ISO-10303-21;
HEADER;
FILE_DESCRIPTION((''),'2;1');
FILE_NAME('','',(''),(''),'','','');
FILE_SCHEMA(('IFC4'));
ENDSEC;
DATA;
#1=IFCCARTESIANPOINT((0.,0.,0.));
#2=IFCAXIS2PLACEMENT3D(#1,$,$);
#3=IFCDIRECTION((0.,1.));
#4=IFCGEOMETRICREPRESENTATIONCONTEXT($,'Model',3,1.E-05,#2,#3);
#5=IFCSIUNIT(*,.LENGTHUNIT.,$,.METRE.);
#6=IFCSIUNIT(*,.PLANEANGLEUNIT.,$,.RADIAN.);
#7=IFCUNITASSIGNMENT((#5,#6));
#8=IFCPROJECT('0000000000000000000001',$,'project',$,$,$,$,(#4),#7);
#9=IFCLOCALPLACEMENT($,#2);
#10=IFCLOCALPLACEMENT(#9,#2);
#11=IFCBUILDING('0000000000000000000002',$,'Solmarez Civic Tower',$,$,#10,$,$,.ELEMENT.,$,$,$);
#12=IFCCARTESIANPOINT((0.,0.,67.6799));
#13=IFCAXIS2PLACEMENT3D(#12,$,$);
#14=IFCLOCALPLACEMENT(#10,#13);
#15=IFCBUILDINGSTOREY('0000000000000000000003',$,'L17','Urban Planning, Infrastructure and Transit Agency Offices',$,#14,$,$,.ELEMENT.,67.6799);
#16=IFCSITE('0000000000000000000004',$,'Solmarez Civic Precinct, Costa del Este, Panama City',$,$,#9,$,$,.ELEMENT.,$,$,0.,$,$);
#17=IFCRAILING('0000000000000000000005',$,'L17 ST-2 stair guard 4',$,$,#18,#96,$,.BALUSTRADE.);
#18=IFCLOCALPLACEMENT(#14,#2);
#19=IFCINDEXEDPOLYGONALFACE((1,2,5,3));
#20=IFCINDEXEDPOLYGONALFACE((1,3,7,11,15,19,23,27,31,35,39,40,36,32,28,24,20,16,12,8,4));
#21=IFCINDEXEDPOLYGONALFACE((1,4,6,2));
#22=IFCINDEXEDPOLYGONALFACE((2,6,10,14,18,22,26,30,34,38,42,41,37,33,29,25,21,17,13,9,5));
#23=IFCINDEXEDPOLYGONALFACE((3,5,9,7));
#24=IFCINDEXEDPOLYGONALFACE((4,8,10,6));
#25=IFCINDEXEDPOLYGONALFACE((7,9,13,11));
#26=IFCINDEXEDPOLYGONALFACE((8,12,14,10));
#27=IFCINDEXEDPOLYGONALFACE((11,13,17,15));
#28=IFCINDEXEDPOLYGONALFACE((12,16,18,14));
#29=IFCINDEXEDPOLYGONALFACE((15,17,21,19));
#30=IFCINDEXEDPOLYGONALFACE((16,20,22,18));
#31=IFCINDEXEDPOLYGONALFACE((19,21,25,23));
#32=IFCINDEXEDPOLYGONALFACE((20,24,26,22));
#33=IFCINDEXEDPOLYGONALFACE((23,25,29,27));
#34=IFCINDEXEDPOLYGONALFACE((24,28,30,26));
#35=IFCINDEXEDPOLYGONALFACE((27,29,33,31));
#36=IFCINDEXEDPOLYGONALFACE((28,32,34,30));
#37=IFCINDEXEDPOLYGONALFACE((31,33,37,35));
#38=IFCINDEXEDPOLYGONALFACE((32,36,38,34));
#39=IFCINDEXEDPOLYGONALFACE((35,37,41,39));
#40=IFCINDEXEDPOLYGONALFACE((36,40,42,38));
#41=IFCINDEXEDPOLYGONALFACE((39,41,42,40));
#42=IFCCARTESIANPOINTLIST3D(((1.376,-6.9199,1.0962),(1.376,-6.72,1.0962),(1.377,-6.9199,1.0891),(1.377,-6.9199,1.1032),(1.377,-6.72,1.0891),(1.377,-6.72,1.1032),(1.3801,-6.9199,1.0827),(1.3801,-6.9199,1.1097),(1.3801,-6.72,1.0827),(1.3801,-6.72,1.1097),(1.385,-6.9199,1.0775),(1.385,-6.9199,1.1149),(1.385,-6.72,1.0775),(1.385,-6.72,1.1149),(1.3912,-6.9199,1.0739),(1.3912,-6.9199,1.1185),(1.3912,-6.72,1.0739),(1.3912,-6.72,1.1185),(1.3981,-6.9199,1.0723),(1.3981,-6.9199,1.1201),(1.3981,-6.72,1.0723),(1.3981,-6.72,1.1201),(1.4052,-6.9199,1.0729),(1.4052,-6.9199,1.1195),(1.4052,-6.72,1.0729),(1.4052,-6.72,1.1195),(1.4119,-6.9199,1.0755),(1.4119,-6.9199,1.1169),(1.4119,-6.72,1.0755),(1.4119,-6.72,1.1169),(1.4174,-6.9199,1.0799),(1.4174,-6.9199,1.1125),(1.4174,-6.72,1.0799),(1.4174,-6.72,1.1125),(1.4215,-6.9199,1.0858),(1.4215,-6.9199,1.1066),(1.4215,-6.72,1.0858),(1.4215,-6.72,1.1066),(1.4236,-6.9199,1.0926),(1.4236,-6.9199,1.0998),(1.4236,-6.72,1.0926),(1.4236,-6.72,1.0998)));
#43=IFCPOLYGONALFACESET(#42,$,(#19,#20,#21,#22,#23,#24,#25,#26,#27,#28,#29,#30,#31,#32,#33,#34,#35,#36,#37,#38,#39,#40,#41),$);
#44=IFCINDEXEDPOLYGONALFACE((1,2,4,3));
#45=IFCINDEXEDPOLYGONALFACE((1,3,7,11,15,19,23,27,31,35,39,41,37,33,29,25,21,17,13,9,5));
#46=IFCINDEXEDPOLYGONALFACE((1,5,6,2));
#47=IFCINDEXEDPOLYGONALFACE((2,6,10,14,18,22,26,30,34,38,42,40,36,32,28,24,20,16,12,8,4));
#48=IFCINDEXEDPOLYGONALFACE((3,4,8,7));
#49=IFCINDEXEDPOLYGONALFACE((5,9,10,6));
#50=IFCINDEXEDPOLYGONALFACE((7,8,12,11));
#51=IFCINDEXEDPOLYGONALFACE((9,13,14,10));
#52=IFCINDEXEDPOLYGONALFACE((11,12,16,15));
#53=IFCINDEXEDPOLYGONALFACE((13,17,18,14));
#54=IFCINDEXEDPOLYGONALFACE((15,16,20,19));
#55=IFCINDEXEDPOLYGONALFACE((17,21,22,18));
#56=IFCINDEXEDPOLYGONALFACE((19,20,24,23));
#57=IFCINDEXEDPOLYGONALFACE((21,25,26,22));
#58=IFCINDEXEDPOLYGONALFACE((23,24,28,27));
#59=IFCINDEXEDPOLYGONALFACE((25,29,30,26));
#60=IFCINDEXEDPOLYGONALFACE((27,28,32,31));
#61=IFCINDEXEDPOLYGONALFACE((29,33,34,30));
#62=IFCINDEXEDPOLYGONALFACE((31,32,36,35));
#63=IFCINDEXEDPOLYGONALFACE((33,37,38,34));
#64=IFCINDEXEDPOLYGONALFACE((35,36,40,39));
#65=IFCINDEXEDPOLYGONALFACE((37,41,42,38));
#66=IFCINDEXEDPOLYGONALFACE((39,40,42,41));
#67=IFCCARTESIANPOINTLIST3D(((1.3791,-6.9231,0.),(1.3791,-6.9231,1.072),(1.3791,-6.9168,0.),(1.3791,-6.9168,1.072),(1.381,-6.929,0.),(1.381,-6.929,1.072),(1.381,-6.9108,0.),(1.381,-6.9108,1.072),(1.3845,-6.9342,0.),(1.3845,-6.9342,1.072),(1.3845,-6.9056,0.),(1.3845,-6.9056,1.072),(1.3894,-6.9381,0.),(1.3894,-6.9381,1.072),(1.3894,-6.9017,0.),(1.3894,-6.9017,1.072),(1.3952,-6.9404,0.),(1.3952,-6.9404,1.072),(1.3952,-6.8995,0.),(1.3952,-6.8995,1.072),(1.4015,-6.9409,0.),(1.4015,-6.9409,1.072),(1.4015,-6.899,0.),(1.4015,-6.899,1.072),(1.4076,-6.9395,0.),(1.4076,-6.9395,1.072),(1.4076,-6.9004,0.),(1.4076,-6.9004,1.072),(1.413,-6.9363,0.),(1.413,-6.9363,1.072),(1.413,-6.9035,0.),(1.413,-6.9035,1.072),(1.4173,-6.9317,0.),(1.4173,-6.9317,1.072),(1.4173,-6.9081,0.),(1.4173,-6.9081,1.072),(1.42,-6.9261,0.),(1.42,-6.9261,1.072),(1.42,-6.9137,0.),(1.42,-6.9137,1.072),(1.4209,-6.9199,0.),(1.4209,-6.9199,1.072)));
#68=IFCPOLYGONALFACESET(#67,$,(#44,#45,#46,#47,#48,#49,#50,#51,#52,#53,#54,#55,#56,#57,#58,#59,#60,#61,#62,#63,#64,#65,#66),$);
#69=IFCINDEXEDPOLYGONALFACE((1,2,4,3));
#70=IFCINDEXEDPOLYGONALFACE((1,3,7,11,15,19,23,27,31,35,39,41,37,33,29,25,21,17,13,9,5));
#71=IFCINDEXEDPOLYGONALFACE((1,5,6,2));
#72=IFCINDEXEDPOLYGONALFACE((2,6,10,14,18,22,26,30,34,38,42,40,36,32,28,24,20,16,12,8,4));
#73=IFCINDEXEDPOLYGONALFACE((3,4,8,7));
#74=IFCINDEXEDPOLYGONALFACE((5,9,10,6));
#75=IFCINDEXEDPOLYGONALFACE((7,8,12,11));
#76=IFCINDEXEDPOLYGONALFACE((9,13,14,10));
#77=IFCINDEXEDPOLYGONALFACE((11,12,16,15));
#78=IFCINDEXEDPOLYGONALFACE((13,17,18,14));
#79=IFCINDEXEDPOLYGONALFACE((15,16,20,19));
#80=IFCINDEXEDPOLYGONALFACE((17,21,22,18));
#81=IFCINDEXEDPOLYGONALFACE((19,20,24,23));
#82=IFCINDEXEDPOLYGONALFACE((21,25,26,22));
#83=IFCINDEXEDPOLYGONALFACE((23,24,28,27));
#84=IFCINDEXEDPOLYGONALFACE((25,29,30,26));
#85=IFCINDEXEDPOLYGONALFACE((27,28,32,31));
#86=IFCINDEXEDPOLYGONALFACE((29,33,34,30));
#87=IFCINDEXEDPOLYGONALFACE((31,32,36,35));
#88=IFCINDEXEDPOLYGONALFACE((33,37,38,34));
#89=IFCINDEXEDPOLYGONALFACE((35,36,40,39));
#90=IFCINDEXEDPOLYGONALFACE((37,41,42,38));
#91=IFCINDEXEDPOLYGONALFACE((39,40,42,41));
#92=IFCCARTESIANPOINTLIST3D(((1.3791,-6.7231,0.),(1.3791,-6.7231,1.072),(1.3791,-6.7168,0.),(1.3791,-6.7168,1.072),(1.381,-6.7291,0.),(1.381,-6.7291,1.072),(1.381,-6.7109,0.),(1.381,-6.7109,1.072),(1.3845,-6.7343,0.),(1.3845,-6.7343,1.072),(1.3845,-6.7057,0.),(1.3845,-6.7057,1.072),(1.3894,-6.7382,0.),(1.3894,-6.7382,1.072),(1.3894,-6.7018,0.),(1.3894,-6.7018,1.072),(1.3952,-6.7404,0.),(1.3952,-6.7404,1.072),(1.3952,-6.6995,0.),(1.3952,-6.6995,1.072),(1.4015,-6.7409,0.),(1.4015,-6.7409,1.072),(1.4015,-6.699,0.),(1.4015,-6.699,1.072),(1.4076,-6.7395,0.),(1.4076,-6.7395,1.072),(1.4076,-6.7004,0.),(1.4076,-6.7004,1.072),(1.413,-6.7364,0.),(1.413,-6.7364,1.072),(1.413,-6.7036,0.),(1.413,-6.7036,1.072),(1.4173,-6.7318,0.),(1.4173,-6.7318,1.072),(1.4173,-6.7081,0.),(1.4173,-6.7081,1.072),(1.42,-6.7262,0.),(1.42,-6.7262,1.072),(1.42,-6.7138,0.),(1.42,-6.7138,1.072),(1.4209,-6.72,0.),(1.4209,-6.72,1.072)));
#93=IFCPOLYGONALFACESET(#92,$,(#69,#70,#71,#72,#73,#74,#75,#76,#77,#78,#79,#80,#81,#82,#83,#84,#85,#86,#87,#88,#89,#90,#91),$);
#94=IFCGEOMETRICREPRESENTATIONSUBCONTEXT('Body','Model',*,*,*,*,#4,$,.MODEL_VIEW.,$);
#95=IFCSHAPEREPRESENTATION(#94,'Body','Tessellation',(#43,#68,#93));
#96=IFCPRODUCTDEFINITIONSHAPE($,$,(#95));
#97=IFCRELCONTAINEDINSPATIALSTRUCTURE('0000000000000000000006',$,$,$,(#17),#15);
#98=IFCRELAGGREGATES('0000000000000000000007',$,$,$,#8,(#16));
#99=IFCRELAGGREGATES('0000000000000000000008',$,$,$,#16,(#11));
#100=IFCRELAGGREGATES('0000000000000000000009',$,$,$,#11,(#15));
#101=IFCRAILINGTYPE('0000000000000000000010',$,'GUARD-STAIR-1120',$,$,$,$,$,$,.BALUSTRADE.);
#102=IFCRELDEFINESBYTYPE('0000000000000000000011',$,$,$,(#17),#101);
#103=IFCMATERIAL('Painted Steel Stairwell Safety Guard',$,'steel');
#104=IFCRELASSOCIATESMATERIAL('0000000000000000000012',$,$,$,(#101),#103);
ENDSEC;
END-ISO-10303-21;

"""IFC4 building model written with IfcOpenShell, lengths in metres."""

from ifc_helpers import new_model, si_unit, direction, frame, origin, origin_2d, place, context, subcontext, project, spatial, circle, extrude, material, type_object, element, save


model = new_model("IFC4")

# Units and contexts
model_context = context("Model", 3, precision=1e-05, world=origin(), true_north=direction((0.0, 1.0)))
body_context = subcontext(model_context, "Body", "Model", "MODEL_VIEW")
ifc_project = project(units=[si_unit("LENGTHUNIT", "METRE"), si_unit("PLANEANGLEUNIT", "RADIAN")], contexts=[model_context])

# Site, building, storey
site_placement = place(None, origin())
site = spatial("IfcSite", under=ifc_project, at=site_placement, Name="Solmarez Civic Precinct, Costa del Este, Panama City", CompositionType="ELEMENT", RefElevation=0.0)
building_placement = place(site_placement, origin())
building = spatial("IfcBuilding", under=site, at=building_placement, Name="Solmarez Civic Tower", CompositionType="ELEMENT")
storey_placement = place(building_placement, frame((0.0, 0.0, 67.6799)))
storey = spatial("IfcBuildingStorey", under=building, at=storey_placement, Name="L17", Description="Urban Planning, Infrastructure and Transit Agency Offices", CompositionType="ELEMENT", Elevation=67.6799)

# Railing
ifc_material_1 = material(Name="Painted Steel Stairwell Safety Guard", Category="steel")
railing_type_1 = type_object("IfcRailingType", Name="GUARD-STAIR-1120", PredefinedType="BALUSTRADE", material=ifc_material_1)
railing_1_placement = place(storey_placement, frame((1.3999, -6.9199, 0.0)))
element("IfcRailing", 1, at=railing_1_placement, inside=storey, type_object=railing_type_1, Name="L17 ST-2 stair guard 4", PredefinedType="BALUSTRADE", context=body_context, shape_type="SweptSolid", body=[
    extrude(circle(Radius=0.0239, at=origin_2d()), frame((0.0, 0.0, 1.0962), z_axis=(0.0, 1.0, 0.0), x_axis=(-1.0, 0.0, 0.0)), (0.0, 0.0, 1.0), 0.2),
    extrude(circle(Radius=0.021, at=origin_2d()), origin(), (0.0, 0.0, 1.0), 1.072),
    extrude(circle(Radius=0.021, at=origin_2d()), frame((0.0, 0.2, 0.0)), (0.0, 0.0, 1.0), 1.072),
])

save(model, "model.ifc")
